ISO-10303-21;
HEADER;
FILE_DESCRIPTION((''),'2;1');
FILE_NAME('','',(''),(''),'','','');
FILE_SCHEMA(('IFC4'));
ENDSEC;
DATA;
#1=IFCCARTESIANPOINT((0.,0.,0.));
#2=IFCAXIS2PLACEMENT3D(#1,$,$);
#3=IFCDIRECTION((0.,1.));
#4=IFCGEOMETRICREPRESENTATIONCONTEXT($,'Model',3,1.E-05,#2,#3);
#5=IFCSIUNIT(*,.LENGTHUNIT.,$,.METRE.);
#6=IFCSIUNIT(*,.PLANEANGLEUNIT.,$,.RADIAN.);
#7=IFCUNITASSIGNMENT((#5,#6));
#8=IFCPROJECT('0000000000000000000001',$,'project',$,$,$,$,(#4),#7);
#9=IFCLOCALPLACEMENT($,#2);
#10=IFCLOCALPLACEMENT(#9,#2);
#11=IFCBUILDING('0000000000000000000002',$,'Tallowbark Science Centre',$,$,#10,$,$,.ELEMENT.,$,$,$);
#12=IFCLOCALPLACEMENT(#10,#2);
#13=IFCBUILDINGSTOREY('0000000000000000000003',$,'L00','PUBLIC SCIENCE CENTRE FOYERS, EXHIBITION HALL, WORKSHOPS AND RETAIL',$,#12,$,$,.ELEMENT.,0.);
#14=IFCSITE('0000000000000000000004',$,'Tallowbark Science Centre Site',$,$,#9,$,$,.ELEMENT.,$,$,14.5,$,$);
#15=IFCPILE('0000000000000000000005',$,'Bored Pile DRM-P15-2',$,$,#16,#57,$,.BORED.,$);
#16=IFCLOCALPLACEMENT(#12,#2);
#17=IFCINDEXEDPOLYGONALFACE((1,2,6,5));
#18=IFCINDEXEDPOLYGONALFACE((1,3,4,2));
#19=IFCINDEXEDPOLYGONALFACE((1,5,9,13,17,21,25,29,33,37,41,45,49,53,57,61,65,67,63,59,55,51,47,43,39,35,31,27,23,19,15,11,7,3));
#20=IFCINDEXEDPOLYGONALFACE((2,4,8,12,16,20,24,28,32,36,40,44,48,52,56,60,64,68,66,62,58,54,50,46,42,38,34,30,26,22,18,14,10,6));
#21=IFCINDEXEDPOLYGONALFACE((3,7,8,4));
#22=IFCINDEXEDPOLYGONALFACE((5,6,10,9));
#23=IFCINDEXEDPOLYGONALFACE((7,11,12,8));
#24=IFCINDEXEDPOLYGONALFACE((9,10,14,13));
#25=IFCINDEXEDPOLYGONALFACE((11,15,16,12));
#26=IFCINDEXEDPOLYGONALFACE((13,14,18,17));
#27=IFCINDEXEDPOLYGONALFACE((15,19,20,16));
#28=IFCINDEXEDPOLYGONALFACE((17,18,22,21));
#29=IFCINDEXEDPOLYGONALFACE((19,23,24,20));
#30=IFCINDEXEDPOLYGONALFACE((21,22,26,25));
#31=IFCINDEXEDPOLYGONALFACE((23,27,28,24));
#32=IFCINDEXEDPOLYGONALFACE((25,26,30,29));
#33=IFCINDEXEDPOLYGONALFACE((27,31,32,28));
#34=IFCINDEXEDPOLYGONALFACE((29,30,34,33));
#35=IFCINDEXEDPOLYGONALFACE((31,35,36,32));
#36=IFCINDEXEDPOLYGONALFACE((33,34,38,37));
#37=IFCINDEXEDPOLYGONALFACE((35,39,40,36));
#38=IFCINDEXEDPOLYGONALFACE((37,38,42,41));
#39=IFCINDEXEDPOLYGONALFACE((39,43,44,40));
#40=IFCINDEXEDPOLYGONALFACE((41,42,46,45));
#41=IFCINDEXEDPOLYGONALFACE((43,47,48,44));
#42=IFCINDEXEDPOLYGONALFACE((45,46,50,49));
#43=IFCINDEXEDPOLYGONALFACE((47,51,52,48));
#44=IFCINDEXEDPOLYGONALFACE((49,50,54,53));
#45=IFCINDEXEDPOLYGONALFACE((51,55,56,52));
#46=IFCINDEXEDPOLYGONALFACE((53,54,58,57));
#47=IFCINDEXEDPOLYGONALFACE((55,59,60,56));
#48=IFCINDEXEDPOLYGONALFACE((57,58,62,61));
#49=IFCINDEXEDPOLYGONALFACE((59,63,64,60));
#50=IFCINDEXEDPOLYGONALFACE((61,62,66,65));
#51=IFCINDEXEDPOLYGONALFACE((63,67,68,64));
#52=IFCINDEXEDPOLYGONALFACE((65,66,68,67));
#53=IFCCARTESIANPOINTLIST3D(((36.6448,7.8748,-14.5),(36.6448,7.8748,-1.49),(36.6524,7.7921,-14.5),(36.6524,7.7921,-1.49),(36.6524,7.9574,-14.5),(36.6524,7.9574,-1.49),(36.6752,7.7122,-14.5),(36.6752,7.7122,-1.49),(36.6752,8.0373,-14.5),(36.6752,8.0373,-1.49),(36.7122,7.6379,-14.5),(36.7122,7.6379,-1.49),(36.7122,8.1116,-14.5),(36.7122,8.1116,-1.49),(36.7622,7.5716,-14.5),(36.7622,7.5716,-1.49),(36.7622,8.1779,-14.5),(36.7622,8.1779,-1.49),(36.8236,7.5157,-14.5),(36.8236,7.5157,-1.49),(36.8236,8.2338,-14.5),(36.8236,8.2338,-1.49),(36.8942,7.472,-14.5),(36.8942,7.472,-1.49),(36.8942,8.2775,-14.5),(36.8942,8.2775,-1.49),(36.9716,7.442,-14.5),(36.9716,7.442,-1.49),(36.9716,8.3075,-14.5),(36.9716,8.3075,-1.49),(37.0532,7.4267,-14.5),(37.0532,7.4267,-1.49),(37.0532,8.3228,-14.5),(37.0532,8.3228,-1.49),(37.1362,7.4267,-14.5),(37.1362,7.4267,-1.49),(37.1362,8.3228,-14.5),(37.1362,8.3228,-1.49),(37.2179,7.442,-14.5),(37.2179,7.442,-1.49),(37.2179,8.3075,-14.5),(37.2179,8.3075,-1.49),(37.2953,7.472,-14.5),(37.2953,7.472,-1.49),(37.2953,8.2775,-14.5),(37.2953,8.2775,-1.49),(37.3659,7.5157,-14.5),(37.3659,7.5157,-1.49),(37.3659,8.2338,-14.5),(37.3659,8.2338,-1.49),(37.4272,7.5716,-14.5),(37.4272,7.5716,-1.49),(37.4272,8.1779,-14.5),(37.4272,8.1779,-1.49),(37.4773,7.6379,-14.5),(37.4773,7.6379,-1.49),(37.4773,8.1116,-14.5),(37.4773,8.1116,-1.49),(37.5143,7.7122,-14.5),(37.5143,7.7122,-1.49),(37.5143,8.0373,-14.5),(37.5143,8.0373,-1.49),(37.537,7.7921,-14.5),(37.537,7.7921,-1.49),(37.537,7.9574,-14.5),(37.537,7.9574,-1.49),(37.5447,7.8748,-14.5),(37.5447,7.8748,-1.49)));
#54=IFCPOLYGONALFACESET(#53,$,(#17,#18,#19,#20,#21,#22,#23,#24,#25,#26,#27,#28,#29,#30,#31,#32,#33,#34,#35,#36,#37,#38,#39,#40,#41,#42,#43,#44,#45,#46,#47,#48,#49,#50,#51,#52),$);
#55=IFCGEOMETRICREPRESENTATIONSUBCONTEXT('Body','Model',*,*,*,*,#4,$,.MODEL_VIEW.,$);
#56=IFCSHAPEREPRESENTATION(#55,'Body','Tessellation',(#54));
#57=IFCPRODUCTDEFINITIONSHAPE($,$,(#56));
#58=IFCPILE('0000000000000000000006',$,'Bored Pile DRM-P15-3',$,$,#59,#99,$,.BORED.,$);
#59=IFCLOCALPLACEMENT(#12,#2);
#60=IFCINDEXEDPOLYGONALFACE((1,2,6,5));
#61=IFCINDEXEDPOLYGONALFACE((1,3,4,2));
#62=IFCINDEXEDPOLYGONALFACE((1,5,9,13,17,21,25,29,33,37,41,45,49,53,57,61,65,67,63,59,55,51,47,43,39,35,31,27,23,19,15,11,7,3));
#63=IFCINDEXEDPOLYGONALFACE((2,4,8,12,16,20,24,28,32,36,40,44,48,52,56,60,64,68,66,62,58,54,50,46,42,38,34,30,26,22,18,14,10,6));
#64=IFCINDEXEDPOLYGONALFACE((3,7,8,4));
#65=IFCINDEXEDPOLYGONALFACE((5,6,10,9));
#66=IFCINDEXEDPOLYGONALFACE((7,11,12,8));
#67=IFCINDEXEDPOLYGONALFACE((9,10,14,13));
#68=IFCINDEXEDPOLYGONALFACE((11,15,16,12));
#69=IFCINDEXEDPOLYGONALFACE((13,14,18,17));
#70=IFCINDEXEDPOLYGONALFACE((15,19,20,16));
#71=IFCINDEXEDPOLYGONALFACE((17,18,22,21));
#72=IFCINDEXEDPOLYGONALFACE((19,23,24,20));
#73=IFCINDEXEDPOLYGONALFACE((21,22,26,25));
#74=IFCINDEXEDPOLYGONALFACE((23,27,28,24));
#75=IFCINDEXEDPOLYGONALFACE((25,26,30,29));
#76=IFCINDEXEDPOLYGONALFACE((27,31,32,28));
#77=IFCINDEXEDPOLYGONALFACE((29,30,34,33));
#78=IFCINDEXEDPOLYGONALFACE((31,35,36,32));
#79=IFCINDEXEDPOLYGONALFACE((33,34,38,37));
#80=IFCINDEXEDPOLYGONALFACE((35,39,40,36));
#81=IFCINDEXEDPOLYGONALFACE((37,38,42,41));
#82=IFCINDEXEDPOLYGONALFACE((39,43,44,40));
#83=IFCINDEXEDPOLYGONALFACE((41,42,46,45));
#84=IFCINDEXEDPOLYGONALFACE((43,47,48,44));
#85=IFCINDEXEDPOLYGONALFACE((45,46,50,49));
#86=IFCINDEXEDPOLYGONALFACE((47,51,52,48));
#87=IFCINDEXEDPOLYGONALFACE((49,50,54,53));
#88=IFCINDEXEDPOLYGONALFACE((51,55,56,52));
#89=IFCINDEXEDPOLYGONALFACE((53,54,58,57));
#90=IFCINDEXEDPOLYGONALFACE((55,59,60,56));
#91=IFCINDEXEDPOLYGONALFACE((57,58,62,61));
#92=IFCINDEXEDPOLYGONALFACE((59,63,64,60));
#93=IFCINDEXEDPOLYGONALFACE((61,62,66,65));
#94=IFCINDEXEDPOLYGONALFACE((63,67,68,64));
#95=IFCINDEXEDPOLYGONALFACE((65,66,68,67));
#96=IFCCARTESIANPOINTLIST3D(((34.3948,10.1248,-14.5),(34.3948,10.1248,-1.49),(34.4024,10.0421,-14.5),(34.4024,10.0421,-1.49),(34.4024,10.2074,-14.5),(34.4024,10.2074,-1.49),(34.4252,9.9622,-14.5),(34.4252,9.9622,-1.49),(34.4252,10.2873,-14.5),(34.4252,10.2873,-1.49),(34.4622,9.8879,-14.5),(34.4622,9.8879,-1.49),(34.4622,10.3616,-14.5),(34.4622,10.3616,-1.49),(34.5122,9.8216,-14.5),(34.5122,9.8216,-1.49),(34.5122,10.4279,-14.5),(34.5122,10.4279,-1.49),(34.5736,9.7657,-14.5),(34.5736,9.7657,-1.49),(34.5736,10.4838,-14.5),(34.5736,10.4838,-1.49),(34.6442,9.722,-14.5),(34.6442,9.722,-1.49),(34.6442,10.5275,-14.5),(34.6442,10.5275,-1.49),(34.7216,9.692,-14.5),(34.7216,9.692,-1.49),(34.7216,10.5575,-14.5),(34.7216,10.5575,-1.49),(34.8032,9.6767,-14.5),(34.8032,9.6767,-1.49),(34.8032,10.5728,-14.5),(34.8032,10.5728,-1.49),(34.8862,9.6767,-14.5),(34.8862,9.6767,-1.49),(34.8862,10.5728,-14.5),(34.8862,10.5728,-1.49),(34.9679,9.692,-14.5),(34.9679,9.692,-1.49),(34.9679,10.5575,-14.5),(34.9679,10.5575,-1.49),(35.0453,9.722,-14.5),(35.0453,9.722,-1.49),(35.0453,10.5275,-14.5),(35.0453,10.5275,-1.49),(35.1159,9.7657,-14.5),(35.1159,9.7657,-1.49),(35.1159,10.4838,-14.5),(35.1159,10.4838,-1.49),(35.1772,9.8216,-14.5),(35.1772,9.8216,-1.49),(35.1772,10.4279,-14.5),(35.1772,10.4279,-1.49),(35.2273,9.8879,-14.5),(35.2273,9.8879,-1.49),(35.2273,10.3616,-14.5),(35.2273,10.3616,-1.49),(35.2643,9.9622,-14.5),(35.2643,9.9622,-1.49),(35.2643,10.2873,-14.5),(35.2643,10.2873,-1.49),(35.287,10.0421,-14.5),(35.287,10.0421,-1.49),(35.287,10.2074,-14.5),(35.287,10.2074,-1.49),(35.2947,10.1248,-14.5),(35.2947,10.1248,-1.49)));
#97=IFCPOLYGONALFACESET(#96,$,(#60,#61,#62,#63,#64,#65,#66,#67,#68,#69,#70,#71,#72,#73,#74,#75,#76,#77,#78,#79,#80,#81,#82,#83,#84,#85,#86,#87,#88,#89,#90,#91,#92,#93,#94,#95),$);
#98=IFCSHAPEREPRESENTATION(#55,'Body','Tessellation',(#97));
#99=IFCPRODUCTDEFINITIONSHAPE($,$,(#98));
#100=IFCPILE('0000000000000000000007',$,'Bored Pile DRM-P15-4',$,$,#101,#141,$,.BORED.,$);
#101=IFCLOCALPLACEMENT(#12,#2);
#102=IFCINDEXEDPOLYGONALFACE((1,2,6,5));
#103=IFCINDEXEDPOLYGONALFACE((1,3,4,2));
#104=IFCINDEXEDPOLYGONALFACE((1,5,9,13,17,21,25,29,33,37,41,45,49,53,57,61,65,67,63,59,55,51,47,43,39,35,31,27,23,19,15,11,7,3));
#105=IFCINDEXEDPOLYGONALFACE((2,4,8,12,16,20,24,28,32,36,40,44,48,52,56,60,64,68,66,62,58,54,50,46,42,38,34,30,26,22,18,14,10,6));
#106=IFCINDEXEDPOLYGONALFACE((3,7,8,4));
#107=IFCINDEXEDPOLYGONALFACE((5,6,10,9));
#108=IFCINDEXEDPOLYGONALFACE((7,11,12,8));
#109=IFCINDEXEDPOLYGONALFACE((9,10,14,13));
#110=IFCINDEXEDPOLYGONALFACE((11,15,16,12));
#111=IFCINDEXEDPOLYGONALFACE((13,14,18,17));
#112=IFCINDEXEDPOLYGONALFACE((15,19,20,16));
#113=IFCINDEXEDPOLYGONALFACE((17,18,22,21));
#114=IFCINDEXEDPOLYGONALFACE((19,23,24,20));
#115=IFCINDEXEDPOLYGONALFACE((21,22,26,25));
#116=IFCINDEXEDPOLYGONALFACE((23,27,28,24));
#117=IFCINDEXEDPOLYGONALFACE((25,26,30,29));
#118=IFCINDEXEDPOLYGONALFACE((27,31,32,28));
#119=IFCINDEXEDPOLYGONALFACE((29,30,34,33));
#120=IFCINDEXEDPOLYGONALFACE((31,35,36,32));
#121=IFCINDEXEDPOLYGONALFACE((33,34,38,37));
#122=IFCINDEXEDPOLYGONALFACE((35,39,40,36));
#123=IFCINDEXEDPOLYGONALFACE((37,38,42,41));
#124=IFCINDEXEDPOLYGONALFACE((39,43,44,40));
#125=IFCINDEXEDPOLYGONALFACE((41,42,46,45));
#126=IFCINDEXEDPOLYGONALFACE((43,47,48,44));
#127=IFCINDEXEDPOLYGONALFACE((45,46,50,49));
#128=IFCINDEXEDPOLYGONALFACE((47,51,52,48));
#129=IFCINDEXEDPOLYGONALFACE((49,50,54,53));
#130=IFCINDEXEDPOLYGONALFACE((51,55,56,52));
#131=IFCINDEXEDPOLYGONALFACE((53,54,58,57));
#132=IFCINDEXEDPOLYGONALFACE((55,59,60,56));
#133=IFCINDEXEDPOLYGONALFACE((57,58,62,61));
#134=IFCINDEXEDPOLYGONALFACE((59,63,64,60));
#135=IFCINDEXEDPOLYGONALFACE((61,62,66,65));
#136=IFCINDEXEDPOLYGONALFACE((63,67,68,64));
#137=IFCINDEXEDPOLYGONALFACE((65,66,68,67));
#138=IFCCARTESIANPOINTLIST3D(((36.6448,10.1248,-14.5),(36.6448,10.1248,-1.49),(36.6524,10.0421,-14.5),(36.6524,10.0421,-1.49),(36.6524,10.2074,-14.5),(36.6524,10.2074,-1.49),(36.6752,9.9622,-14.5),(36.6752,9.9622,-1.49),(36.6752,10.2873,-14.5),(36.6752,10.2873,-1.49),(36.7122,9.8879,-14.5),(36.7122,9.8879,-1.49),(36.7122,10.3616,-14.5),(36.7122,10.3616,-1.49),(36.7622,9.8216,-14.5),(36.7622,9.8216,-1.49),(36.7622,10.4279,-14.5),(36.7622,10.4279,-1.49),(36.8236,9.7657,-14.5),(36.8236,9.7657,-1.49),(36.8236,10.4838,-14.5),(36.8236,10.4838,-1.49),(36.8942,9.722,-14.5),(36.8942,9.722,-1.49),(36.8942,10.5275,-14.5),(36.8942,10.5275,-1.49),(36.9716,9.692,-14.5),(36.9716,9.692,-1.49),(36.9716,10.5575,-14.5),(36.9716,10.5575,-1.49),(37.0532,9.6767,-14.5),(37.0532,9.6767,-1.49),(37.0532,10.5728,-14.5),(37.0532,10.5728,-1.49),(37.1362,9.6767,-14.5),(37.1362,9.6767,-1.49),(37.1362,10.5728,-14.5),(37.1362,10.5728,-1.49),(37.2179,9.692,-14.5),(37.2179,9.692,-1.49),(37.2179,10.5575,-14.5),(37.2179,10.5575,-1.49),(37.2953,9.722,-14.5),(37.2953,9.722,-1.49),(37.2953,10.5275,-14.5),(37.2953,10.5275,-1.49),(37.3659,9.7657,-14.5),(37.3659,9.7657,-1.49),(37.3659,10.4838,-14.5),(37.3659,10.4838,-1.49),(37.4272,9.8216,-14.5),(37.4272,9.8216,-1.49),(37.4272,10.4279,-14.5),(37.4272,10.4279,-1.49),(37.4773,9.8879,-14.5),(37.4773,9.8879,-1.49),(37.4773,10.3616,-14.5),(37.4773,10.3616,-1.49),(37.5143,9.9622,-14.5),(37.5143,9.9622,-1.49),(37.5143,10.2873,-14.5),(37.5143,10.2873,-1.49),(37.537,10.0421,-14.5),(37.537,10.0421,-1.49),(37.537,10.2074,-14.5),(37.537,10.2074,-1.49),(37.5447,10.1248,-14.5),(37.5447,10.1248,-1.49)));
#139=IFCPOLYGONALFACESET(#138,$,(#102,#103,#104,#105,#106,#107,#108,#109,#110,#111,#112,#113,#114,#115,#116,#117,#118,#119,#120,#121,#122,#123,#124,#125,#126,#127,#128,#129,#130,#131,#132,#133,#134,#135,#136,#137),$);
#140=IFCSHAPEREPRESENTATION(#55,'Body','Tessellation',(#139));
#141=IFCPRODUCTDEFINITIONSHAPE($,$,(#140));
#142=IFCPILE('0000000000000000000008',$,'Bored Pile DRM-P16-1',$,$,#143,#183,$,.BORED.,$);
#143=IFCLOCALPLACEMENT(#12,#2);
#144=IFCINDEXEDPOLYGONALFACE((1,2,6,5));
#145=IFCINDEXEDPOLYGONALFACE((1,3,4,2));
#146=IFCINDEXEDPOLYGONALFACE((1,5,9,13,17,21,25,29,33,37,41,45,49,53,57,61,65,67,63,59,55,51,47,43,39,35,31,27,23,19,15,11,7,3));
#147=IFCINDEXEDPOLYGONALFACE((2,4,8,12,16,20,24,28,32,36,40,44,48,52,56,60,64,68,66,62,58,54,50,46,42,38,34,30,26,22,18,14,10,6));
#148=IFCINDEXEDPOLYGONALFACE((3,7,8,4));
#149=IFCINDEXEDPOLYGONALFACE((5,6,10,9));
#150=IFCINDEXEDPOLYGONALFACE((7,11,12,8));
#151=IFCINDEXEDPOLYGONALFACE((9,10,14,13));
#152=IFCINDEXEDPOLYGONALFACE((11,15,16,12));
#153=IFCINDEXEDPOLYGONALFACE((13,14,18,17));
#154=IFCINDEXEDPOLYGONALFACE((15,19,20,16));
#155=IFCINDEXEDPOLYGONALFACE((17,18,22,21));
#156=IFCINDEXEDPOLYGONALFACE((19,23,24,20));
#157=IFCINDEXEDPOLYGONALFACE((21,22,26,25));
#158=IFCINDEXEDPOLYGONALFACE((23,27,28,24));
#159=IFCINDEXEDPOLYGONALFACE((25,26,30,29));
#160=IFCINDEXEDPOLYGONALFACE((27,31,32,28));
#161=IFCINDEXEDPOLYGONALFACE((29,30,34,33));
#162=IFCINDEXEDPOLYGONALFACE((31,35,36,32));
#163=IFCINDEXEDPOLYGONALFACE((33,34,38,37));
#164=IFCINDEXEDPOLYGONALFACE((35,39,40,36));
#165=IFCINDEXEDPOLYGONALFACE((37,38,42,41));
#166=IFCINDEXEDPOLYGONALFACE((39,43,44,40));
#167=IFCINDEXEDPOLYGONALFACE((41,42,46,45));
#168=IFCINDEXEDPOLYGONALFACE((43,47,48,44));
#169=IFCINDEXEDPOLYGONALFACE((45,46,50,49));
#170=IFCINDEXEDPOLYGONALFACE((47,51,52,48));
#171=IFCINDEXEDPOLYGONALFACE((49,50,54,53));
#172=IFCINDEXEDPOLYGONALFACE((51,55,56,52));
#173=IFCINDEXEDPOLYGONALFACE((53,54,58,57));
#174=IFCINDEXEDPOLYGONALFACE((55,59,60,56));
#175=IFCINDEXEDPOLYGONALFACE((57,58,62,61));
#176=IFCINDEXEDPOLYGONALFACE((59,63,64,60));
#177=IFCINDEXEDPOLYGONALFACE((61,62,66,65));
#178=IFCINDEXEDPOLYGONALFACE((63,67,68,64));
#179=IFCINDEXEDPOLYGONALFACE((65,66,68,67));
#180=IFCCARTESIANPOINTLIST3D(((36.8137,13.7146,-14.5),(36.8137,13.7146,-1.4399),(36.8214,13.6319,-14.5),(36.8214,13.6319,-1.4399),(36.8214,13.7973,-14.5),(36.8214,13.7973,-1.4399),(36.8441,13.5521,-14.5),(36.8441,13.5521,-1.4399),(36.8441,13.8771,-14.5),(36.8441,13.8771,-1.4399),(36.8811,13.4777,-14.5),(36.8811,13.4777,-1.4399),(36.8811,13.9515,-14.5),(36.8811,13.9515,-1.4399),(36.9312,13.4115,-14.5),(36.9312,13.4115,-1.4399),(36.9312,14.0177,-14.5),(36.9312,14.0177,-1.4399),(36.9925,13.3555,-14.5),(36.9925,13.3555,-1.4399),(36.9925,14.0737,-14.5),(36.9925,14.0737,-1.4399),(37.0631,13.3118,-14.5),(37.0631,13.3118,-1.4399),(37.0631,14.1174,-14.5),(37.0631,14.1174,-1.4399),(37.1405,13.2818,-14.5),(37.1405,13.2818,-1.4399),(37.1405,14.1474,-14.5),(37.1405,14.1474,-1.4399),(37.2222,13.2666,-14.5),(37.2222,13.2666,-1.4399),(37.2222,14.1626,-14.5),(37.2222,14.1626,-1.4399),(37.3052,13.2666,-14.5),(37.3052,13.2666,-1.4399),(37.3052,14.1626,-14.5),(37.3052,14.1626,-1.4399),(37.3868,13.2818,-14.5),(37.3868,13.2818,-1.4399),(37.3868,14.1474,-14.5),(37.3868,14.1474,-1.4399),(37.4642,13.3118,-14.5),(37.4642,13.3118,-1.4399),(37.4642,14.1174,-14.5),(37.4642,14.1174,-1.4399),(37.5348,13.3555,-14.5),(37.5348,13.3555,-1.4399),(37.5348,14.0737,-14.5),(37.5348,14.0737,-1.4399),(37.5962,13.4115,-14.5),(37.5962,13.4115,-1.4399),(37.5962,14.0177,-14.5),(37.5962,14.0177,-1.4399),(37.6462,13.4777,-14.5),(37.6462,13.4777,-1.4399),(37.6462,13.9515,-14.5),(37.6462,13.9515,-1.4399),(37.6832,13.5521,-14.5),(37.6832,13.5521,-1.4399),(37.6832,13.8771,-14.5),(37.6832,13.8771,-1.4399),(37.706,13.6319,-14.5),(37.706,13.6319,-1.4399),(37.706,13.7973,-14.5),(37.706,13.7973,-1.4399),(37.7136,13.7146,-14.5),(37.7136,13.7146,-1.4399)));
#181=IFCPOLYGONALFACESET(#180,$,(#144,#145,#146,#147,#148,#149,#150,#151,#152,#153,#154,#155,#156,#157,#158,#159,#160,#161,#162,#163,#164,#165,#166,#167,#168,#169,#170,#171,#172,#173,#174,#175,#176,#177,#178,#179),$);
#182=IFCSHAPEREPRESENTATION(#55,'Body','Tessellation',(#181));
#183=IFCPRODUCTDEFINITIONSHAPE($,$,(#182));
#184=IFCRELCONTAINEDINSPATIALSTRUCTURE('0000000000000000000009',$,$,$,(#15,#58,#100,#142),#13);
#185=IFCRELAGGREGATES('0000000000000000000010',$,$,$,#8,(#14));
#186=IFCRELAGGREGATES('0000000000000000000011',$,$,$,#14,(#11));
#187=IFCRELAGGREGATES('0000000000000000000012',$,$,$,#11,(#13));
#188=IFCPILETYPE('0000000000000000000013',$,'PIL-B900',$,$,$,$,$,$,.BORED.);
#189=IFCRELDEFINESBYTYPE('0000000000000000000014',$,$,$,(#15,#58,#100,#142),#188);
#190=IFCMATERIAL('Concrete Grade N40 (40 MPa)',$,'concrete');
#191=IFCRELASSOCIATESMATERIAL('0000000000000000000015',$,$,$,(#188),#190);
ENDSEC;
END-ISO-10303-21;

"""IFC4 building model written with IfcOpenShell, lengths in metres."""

from ifc_helpers import new_model, si_unit, direction, frame, origin, origin_2d, place, context, subcontext, project, spatial, circle, extrude, material, material_profile, profile_set, type_object, element, save


model = new_model("IFC4")

# Units and contexts
model_context = context("Model", 3, precision=1e-05, world=origin(), true_north=direction((0.0, 1.0)))
body_context = subcontext(model_context, "Body", "Model", "MODEL_VIEW")
ifc_project = project(units=[si_unit("LENGTHUNIT", "METRE"), si_unit("PLANEANGLEUNIT", "RADIAN")], contexts=[model_context])

# Site, building, storey
site_placement = place(None, origin())
site = spatial("IfcSite", under=ifc_project, at=site_placement, Name="Tallowbark Science Centre Site", CompositionType="ELEMENT", RefElevation=14.5)
building_placement = place(site_placement, origin())
building = spatial("IfcBuilding", under=site, at=building_placement, Name="Tallowbark Science Centre", CompositionType="ELEMENT")
storey_placement = place(building_placement, origin())
storey = spatial("IfcBuildingStorey", under=building, at=storey_placement, Name="L00", Description="PUBLIC SCIENCE CENTRE FOYERS, EXHIBITION HALL, WORKSHOPS AND RETAIL", CompositionType="ELEMENT", Elevation=0.0)

# Shared definitions
ifc_material_1 = material(Name="Concrete Grade N40 (40 MPa)", Category="concrete")

# Piles
ifc_material_profile_1 = material_profile(ifc_material_1, circle(Radius=0.45, at=origin_2d()), Name="PILE900")
ifc_profile_set_1 = profile_set([ifc_material_profile_1], Name="Concrete Grade N40 (40 MPa)")
pile_type_1 = type_object("IfcPileType", Name="PIL-B900", PredefinedType="BORED", material=ifc_profile_set_1)
for number, where, z_axis, x_axis, name in (
    (1, (37.0947, 7.8748, -1.49), (0.0, 0.0, -1.0), (1.0, 0.0, 0.0), "Bored Pile DRM-P15-2"),
    (2, (34.8447, 10.1248, -1.49), (0.0, 0.0, -1.0), (1.0, 0.0, 0.0), "Bored Pile DRM-P15-3"),
    (3, (37.0947, 10.1248, -1.49), (0.0, 0.0, -1.0), (1.0, 0.0, 0.0), "Bored Pile DRM-P15-4"),
):
    element("IfcPile", number, at=place(storey_placement, frame(where, z_axis=z_axis, x_axis=x_axis)), inside=storey, type_object=pile_type_1, Name=name, PredefinedType="BORED", context=body_context, shape_type="SweptSolid", body=[
        extrude(circle(Radius=0.45, at=origin_2d()), origin(), (0.0, 0.0, 1.0), 13.01),
    ])
for number, where, z_axis, x_axis, name in (
    (4, (37.2637, 13.7146, -1.4399), (0.0, 0.0, -1.0), (1.0, 0.0, 0.0), "Bored Pile DRM-P16-1"),
):
    element("IfcPile", number, at=place(storey_placement, frame(where, z_axis=z_axis, x_axis=x_axis)), inside=storey, type_object=pile_type_1, Name=name, PredefinedType="BORED", context=body_context, shape_type="SweptSolid", body=[
        extrude(circle(Radius=0.45, at=origin_2d()), origin(), (0.0, 0.0, 1.0), 13.0601),
    ])

save(model, "model.ifc")
